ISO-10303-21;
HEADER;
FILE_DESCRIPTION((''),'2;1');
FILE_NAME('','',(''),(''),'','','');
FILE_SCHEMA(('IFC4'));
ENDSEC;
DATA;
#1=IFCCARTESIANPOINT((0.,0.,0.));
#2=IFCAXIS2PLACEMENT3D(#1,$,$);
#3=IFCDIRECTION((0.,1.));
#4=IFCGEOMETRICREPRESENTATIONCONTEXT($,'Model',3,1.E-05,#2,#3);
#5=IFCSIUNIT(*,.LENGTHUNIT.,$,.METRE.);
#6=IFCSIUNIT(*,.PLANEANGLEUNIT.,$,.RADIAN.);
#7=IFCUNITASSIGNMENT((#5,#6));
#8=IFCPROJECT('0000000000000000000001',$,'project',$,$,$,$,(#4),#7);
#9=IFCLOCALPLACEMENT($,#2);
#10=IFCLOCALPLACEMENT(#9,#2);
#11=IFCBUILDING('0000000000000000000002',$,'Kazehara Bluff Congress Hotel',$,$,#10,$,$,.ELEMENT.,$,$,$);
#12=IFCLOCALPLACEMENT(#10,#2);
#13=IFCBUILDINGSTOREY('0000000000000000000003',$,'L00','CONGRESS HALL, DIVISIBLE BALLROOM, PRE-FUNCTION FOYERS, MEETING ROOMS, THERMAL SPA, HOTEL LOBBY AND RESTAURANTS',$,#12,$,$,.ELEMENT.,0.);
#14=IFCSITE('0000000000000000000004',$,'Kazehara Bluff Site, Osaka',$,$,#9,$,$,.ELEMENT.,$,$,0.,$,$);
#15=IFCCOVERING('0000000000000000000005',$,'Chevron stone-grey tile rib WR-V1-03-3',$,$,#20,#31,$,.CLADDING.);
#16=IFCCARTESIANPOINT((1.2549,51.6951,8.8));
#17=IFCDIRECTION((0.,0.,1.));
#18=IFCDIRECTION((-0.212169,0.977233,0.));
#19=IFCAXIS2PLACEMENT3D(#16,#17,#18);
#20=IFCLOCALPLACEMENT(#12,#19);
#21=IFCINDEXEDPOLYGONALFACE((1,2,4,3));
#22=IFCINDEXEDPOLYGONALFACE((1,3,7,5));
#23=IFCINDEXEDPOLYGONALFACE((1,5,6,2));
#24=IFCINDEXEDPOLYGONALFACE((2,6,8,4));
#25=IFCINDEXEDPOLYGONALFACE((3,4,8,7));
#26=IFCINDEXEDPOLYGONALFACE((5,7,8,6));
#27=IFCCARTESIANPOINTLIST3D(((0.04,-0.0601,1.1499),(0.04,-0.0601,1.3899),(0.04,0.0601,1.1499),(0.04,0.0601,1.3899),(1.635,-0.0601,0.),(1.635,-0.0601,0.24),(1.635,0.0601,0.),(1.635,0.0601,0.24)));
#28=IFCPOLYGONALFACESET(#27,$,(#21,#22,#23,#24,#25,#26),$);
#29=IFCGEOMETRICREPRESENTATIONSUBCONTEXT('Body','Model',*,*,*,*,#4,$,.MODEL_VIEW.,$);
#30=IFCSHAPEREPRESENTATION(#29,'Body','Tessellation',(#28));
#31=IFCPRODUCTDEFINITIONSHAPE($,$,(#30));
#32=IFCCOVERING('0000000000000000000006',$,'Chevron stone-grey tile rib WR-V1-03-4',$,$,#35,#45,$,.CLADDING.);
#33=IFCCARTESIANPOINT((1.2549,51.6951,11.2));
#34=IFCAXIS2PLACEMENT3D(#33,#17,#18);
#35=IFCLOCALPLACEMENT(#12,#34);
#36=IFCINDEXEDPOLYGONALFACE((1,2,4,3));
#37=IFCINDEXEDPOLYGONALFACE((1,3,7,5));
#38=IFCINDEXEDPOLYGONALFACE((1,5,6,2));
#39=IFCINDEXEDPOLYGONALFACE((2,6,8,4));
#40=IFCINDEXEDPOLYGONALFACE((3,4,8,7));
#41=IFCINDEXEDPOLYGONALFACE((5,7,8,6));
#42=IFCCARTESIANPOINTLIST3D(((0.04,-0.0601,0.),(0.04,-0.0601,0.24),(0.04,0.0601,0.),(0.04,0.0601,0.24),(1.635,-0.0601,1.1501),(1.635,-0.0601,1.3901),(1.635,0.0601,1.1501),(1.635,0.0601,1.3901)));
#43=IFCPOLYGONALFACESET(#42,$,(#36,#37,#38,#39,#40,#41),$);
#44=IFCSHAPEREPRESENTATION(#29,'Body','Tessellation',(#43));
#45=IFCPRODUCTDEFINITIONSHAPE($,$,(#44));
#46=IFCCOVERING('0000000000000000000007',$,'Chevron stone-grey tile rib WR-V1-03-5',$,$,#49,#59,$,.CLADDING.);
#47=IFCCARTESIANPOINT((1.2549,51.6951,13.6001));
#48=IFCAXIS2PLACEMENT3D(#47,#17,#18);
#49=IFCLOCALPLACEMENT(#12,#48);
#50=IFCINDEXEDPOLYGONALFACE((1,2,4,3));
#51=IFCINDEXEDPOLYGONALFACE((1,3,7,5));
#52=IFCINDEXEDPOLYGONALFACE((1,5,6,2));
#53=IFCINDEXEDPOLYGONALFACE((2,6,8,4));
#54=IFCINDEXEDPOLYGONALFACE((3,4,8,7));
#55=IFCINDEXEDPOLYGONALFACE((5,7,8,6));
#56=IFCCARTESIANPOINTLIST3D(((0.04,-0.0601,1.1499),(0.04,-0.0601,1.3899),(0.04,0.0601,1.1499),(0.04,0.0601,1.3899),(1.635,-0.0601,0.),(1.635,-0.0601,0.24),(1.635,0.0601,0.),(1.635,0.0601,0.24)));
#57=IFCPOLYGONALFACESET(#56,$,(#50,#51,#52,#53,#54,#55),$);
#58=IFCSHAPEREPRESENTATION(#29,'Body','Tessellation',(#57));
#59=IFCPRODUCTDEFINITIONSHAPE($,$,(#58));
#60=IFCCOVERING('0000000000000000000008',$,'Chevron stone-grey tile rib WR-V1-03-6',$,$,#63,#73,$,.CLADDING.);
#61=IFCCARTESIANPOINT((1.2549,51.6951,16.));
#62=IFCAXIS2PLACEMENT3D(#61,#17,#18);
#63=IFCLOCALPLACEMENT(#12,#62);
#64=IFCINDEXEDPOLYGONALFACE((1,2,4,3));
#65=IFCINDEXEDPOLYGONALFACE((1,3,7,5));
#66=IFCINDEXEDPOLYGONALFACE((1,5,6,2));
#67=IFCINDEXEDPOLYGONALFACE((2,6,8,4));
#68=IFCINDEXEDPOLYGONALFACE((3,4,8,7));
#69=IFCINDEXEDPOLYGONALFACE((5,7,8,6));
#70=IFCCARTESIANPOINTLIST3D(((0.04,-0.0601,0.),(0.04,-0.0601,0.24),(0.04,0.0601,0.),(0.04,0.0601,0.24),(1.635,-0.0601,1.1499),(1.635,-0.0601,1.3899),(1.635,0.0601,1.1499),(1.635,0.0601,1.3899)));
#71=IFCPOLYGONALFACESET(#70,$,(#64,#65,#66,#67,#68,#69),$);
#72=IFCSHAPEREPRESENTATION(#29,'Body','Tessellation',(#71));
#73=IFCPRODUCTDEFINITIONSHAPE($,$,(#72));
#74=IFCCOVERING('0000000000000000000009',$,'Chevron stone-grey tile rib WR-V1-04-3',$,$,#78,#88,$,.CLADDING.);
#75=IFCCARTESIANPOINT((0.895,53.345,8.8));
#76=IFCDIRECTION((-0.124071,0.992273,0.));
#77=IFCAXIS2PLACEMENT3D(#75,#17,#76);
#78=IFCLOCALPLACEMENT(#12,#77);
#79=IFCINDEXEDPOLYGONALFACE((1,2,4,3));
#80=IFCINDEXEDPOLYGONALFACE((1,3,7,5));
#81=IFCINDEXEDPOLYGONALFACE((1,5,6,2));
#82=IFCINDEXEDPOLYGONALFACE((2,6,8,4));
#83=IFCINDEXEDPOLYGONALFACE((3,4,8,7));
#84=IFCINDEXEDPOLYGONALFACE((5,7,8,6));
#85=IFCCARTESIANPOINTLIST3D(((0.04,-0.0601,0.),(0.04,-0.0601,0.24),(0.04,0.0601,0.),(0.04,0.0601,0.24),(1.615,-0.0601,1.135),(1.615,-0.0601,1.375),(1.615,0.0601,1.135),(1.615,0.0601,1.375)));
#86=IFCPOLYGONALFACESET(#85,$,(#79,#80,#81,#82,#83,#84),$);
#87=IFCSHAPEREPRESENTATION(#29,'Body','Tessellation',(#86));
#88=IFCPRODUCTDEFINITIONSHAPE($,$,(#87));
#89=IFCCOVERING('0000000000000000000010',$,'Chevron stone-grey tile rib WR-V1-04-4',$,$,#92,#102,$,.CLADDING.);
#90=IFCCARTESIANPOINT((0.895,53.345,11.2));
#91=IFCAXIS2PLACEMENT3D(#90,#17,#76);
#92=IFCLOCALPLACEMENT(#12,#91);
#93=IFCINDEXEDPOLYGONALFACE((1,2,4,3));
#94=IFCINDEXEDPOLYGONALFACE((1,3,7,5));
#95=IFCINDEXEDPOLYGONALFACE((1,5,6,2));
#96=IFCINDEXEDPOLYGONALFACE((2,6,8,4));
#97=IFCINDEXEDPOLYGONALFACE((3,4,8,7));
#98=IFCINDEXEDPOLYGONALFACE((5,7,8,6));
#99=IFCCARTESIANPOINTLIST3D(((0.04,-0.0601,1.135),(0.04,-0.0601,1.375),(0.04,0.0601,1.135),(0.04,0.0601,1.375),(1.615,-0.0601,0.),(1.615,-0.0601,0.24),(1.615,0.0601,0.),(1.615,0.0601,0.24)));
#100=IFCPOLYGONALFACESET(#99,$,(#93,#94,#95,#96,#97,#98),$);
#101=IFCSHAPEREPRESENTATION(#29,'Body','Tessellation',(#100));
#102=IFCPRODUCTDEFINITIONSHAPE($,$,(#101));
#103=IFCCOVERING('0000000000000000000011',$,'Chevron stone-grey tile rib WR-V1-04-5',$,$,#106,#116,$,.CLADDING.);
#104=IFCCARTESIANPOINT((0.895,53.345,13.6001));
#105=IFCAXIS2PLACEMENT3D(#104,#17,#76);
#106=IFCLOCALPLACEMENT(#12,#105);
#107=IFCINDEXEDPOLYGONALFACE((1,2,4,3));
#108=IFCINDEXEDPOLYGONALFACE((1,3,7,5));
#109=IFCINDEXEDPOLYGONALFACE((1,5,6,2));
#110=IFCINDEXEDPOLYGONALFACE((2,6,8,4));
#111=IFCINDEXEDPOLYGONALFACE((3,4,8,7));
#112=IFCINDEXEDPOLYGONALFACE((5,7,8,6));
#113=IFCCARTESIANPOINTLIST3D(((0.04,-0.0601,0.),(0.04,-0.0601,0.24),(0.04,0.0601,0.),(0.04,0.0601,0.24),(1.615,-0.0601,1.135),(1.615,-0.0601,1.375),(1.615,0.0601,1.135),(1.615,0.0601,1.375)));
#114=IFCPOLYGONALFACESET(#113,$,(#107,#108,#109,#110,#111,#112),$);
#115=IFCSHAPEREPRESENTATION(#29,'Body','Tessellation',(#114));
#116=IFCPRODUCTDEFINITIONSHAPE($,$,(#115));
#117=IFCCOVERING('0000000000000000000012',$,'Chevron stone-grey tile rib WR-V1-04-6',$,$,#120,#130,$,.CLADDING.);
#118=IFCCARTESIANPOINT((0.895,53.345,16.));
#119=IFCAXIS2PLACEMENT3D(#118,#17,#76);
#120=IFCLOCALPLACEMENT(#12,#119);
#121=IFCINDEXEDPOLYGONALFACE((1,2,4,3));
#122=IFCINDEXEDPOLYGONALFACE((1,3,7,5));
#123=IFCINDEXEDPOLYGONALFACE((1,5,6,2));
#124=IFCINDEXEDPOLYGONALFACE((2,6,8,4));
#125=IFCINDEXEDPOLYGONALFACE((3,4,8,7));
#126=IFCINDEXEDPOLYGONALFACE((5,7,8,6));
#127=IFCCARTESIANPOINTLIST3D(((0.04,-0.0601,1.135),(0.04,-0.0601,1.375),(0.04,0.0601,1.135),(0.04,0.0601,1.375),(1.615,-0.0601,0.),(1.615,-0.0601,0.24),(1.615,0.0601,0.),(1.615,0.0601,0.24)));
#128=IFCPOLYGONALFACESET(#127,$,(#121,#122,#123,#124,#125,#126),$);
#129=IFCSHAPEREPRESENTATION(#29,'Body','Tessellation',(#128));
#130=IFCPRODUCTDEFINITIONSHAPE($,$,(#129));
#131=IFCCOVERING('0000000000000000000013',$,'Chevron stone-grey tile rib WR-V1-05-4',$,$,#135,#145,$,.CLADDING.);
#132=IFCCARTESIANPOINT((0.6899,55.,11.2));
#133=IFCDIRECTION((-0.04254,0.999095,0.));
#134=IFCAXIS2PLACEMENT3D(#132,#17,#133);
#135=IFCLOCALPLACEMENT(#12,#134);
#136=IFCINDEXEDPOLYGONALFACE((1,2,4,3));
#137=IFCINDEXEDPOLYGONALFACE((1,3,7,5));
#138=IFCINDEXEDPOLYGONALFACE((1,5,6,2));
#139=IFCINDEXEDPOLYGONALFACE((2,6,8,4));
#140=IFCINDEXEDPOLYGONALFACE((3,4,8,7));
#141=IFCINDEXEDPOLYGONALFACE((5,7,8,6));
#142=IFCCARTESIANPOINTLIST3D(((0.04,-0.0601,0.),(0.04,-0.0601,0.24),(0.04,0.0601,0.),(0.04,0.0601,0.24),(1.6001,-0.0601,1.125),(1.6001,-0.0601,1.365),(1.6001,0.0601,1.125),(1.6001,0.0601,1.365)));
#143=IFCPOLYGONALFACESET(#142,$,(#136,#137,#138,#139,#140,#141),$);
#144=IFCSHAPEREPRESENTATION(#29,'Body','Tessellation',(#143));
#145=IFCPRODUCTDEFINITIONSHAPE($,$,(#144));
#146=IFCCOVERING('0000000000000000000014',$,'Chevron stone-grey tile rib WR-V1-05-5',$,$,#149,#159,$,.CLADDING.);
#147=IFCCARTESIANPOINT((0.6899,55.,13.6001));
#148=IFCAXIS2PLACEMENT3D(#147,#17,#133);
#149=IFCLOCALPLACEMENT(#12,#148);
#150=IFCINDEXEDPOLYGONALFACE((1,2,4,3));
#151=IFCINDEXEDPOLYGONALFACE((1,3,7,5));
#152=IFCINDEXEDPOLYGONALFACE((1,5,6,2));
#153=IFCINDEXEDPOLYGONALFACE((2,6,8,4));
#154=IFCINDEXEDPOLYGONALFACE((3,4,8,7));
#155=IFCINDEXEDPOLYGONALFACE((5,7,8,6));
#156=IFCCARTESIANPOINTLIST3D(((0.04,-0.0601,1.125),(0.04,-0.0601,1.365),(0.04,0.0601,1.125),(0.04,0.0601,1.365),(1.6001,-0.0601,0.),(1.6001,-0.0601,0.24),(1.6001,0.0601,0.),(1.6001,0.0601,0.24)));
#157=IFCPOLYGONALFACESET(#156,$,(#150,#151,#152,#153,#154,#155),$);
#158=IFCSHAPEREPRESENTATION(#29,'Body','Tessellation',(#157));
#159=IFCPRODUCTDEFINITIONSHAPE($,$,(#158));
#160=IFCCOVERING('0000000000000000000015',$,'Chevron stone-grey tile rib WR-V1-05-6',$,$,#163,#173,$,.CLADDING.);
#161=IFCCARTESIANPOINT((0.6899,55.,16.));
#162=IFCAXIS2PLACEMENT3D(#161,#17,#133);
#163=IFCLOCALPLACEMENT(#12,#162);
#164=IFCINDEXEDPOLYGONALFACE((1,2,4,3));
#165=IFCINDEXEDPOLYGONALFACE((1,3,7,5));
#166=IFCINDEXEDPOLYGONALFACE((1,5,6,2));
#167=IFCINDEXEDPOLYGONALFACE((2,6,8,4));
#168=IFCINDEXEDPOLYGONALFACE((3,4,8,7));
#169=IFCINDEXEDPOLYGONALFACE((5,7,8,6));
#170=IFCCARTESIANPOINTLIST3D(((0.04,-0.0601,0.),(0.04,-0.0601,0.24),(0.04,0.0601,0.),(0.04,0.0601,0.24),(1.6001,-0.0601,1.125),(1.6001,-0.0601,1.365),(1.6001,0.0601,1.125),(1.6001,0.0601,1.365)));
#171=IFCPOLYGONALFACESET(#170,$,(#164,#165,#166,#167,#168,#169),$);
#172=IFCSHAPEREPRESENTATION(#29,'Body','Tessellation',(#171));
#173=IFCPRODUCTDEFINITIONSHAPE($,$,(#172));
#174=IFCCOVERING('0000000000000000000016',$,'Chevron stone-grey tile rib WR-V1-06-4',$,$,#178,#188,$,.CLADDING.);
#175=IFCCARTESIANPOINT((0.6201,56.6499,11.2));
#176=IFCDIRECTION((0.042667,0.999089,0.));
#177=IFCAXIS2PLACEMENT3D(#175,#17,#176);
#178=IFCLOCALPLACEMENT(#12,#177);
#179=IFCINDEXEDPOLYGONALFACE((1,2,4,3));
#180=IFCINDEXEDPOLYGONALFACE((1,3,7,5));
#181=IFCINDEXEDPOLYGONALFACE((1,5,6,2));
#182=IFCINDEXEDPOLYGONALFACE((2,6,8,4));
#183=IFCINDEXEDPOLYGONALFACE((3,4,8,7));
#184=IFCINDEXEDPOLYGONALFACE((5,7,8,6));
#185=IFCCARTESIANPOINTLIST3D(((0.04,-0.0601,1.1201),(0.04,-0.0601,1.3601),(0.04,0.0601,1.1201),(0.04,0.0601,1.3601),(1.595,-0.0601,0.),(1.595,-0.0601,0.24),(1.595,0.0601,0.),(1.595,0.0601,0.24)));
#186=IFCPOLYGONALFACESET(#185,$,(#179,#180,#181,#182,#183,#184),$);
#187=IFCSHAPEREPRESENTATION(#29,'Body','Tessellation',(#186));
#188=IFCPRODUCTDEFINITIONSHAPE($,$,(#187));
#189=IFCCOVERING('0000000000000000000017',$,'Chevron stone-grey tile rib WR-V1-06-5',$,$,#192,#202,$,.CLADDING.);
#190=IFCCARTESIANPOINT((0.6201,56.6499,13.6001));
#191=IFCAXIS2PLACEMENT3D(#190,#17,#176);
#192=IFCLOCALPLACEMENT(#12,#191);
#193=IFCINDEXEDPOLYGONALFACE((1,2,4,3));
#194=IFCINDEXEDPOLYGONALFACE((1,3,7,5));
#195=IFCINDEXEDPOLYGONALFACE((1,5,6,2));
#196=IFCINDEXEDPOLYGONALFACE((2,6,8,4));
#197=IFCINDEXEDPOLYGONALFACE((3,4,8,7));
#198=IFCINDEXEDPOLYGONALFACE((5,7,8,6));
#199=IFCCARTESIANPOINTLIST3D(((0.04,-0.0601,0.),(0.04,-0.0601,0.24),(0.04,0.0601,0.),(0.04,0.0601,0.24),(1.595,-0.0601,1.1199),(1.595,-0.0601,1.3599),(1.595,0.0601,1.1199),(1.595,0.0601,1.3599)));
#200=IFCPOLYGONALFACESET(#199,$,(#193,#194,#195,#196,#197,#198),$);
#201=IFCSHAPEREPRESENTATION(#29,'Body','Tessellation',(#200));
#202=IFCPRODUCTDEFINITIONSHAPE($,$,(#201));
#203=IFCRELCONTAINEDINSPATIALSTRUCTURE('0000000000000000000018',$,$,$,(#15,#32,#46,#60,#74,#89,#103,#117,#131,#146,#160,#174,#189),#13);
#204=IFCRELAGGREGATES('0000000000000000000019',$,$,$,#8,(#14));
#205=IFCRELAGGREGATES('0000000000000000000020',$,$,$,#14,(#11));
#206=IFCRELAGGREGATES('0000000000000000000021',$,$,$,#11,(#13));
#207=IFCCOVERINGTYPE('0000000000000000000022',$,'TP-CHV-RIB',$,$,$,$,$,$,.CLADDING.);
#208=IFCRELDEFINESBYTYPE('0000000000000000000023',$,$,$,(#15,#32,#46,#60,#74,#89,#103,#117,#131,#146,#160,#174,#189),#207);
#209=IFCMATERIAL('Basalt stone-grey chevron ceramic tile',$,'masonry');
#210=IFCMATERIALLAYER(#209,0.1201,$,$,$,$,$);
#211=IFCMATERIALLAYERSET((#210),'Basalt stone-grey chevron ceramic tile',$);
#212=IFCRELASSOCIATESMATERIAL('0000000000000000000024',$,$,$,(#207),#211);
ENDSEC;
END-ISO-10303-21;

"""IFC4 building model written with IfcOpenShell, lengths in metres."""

from ifc_helpers import new_model, si_unit, direction, frame, origin, place, context, subcontext, project, spatial, polyline, outline, extrude, material, layer, layer_set, type_object, element, save


model = new_model("IFC4")

# Units and contexts
model_context = context("Model", 3, precision=1e-05, world=origin(), true_north=direction((0.0, 1.0)))
body_context = subcontext(model_context, "Body", "Model", "MODEL_VIEW")
ifc_project = project(units=[si_unit("LENGTHUNIT", "METRE"), si_unit("PLANEANGLEUNIT", "RADIAN")], contexts=[model_context])

# Site, building, storey
site_placement = place(None, origin())
site = spatial("IfcSite", under=ifc_project, at=site_placement, Name="Kazehara Bluff Site, Osaka", CompositionType="ELEMENT", RefElevation=0.0)
building_placement = place(site_placement, origin())
building = spatial("IfcBuilding", under=site, at=building_placement, Name="Kazehara Bluff Congress Hotel", CompositionType="ELEMENT")
storey_placement = place(building_placement, origin())
storey = spatial("IfcBuildingStorey", under=building, at=storey_placement, Name="L00", Description="CONGRESS HALL, DIVISIBLE BALLROOM, PRE-FUNCTION FOYERS, MEETING ROOMS, THERMAL SPA, HOTEL LOBBY AND RESTAURANTS", CompositionType="ELEMENT", Elevation=0.0)

# Coverings
ifc_material = material(Name="Basalt stone-grey chevron ceramic tile", Category="masonry")
ifc_layer = layer(ifc_material, 0.1201)
ifc_layer_set = layer_set([ifc_layer], Name="Basalt stone-grey chevron ceramic tile")
covering_type = type_object("IfcCoveringType", Name="TP-CHV-RIB", PredefinedType="CLADDING", material=ifc_layer_set)
covering_1_placement = place(storey_placement, frame((1.2549, 51.6951, 8.8), z_axis=(0.0, 0.0, 1.0), x_axis=(-0.212169, 0.977233, 0.0)))
element("IfcCovering", 1, at=covering_1_placement, inside=storey, type_object=covering_type, Name="Chevron stone-grey tile rib WR-V1-03-3", PredefinedType="CLADDING", context=body_context, shape_type="SweptSolid", body=[
    extrude(outline(polyline([(0.04, 1.1499), (1.635, 0.0), (1.635, 0.24), (0.04, 1.3899), (0.04, 1.1499)])), frame((0.0, 0.0601, 0.0), z_axis=(0.0, -1.0, 0.0), x_axis=(1.0, 0.0, 0.0)), (0.0, 0.0, 1.0), 0.1201),
])
covering_2_placement = place(storey_placement, frame((1.2549, 51.6951, 11.2), z_axis=(0.0, 0.0, 1.0), x_axis=(-0.212169, 0.977233, 0.0)))
element("IfcCovering", 2, at=covering_2_placement, inside=storey, type_object=covering_type, Name="Chevron stone-grey tile rib WR-V1-03-4", PredefinedType="CLADDING", context=body_context, shape_type="SweptSolid", body=[
    extrude(outline(polyline([(0.04, 0.0), (1.635, 1.1501), (1.635, 1.3901), (0.04, 0.24), (0.04, 0.0)])), frame((0.0, 0.0601, 0.0), z_axis=(0.0, -1.0, 0.0), x_axis=(1.0, 0.0, 0.0)), (0.0, 0.0, 1.0), 0.1201),
])
covering_3_placement = place(storey_placement, frame((1.2549, 51.6951, 13.6001), z_axis=(0.0, 0.0, 1.0), x_axis=(-0.212169, 0.977233, 0.0)))
element("IfcCovering", 3, at=covering_3_placement, inside=storey, type_object=covering_type, Name="Chevron stone-grey tile rib WR-V1-03-5", PredefinedType="CLADDING", context=body_context, shape_type="SweptSolid", body=[
    extrude(outline(polyline([(0.04, 1.1499), (1.635, 0.0), (1.635, 0.24), (0.04, 1.3899), (0.04, 1.1499)])), frame((0.0, 0.0601, 0.0), z_axis=(0.0, -1.0, 0.0), x_axis=(1.0, 0.0, 0.0)), (0.0, 0.0, 1.0), 0.1201),
])
covering_4_placement = place(storey_placement, frame((1.2549, 51.6951, 16.0), z_axis=(0.0, 0.0, 1.0), x_axis=(-0.212169, 0.977233, 0.0)))
element("IfcCovering", 4, at=covering_4_placement, inside=storey, type_object=covering_type, Name="Chevron stone-grey tile rib WR-V1-03-6", PredefinedType="CLADDING", context=body_context, shape_type="SweptSolid", body=[
    extrude(outline(polyline([(0.04, 0.0), (1.635, 1.1499), (1.635, 1.3899), (0.04, 0.24), (0.04, 0.0)])), frame((0.0, 0.0601, 0.0), z_axis=(0.0, -1.0, 0.0), x_axis=(1.0, 0.0, 0.0)), (0.0, 0.0, 1.0), 0.1201),
])
covering_5_placement = place(storey_placement, frame((0.895, 53.345, 8.8), z_axis=(0.0, 0.0, 1.0), x_axis=(-0.124071, 0.992273, 0.0)))
element("IfcCovering", 5, at=covering_5_placement, inside=storey, type_object=covering_type, Name="Chevron stone-grey tile rib WR-V1-04-3", PredefinedType="CLADDING", context=body_context, shape_type="SweptSolid", body=[
    extrude(outline(polyline([(0.04, 0.0), (1.615, 1.135), (1.615, 1.375), (0.04, 0.24), (0.04, 0.0)])), frame((0.0, 0.0601, 0.0), z_axis=(0.0, -1.0, 0.0), x_axis=(1.0, 0.0, 0.0)), (0.0, 0.0, 1.0), 0.1201),
])
covering_6_placement = place(storey_placement, frame((0.895, 53.345, 11.2), z_axis=(0.0, 0.0, 1.0), x_axis=(-0.124071, 0.992273, 0.0)))
element("IfcCovering", 6, at=covering_6_placement, inside=storey, type_object=covering_type, Name="Chevron stone-grey tile rib WR-V1-04-4", PredefinedType="CLADDING", context=body_context, shape_type="SweptSolid", body=[
    extrude(outline(polyline([(0.04, 1.135), (1.615, 0.0), (1.615, 0.24), (0.04, 1.375), (0.04, 1.135)])), frame((0.0, 0.0601, 0.0), z_axis=(0.0, -1.0, 0.0), x_axis=(1.0, 0.0, 0.0)), (0.0, 0.0, 1.0), 0.1201),
])
covering_7_placement = place(storey_placement, frame((0.895, 53.345, 13.6001), z_axis=(0.0, 0.0, 1.0), x_axis=(-0.124071, 0.992273, 0.0)))
element("IfcCovering", 7, at=covering_7_placement, inside=storey, type_object=covering_type, Name="Chevron stone-grey tile rib WR-V1-04-5", PredefinedType="CLADDING", context=body_context, shape_type="SweptSolid", body=[
    extrude(outline(polyline([(0.04, 0.0), (1.615, 1.135), (1.615, 1.375), (0.04, 0.24), (0.04, 0.0)])), frame((0.0, 0.0601, 0.0), z_axis=(0.0, -1.0, 0.0), x_axis=(1.0, 0.0, 0.0)), (0.0, 0.0, 1.0), 0.1201),
])
covering_8_placement = place(storey_placement, frame((0.895, 53.345, 16.0), z_axis=(0.0, 0.0, 1.0), x_axis=(-0.124071, 0.992273, 0.0)))
element("IfcCovering", 8, at=covering_8_placement, inside=storey, type_object=covering_type, Name="Chevron stone-grey tile rib WR-V1-04-6", PredefinedType="CLADDING", context=body_context, shape_type="SweptSolid", body=[
    extrude(outline(polyline([(0.04, 1.135), (1.615, 0.0), (1.615, 0.24), (0.04, 1.375), (0.04, 1.135)])), frame((0.0, 0.0601, 0.0), z_axis=(0.0, -1.0, 0.0), x_axis=(1.0, 0.0, 0.0)), (0.0, 0.0, 1.0), 0.1201),
])
covering_9_placement = place(storey_placement, frame((0.6899, 55.0, 11.2), z_axis=(0.0, 0.0, 1.0), x_axis=(-0.04254, 0.999095, 0.0)))
element("IfcCovering", 9, at=covering_9_placement, inside=storey, type_object=covering_type, Name="Chevron stone-grey tile rib WR-V1-05-4", PredefinedType="CLADDING", context=body_context, shape_type="SweptSolid", body=[
    extrude(outline(polyline([(0.04, 0.0), (1.6001, 1.125), (1.6001, 1.365), (0.04, 0.24), (0.04, 0.0)])), frame((0.0, 0.0601, 0.0), z_axis=(0.0, -1.0, 0.0), x_axis=(1.0, 0.0, 0.0)), (0.0, 0.0, 1.0), 0.1201),
])
covering_10_placement = place(storey_placement, frame((0.6899, 55.0, 13.6001), z_axis=(0.0, 0.0, 1.0), x_axis=(-0.04254, 0.999095, 0.0)))
element("IfcCovering", 10, at=covering_10_placement, inside=storey, type_object=covering_type, Name="Chevron stone-grey tile rib WR-V1-05-5", PredefinedType="CLADDING", context=body_context, shape_type="SweptSolid", body=[
    extrude(outline(polyline([(0.04, 1.125), (1.6001, 0.0), (1.6001, 0.24), (0.04, 1.365), (0.04, 1.125)])), frame((0.0, 0.0601, 0.0), z_axis=(0.0, -1.0, 0.0), x_axis=(1.0, 0.0, 0.0)), (0.0, 0.0, 1.0), 0.1201),
])
covering_11_placement = place(storey_placement, frame((0.6899, 55.0, 16.0), z_axis=(0.0, 0.0, 1.0), x_axis=(-0.04254, 0.999095, 0.0)))
element("IfcCovering", 11, at=covering_11_placement, inside=storey, type_object=covering_type, Name="Chevron stone-grey tile rib WR-V1-05-6", PredefinedType="CLADDING", context=body_context, shape_type="SweptSolid", body=[
    extrude(outline(polyline([(0.04, 0.0), (1.6001, 1.125), (1.6001, 1.365), (0.04, 0.24), (0.04, 0.0)])), frame((0.0, 0.0601, 0.0), z_axis=(0.0, -1.0, 0.0), x_axis=(1.0, 0.0, 0.0)), (0.0, 0.0, 1.0), 0.1201),
])
covering_12_placement = place(storey_placement, frame((0.6201, 56.6499, 11.2), z_axis=(0.0, 0.0, 1.0), x_axis=(0.042667, 0.999089, 0.0)))
element("IfcCovering", 12, at=covering_12_placement, inside=storey, type_object=covering_type, Name="Chevron stone-grey tile rib WR-V1-06-4", PredefinedType="CLADDING", context=body_context, shape_type="SweptSolid", body=[
    extrude(outline(polyline([(0.04, 1.1201), (1.595, 0.0), (1.595, 0.24), (0.04, 1.3601), (0.04, 1.1201)])), frame((0.0, 0.0601, 0.0), z_axis=(0.0, -1.0, 0.0), x_axis=(1.0, 0.0, 0.0)), (0.0, 0.0, 1.0), 0.1201),
])
covering_13_placement = place(storey_placement, frame((0.6201, 56.6499, 13.6001), z_axis=(0.0, 0.0, 1.0), x_axis=(0.042667, 0.999089, 0.0)))
element("IfcCovering", 13, at=covering_13_placement, inside=storey, type_object=covering_type, Name="Chevron stone-grey tile rib WR-V1-06-5", PredefinedType="CLADDING", context=body_context, shape_type="SweptSolid", body=[
    extrude(outline(polyline([(0.04, 0.0), (1.595, 1.1199), (1.595, 1.3599), (0.04, 0.24), (0.04, 0.0)])), frame((0.0, 0.0601, 0.0), z_axis=(0.0, -1.0, 0.0), x_axis=(1.0, 0.0, 0.0)), (0.0, 0.0, 1.0), 0.1201),
])

save(model, "model.ifc")
